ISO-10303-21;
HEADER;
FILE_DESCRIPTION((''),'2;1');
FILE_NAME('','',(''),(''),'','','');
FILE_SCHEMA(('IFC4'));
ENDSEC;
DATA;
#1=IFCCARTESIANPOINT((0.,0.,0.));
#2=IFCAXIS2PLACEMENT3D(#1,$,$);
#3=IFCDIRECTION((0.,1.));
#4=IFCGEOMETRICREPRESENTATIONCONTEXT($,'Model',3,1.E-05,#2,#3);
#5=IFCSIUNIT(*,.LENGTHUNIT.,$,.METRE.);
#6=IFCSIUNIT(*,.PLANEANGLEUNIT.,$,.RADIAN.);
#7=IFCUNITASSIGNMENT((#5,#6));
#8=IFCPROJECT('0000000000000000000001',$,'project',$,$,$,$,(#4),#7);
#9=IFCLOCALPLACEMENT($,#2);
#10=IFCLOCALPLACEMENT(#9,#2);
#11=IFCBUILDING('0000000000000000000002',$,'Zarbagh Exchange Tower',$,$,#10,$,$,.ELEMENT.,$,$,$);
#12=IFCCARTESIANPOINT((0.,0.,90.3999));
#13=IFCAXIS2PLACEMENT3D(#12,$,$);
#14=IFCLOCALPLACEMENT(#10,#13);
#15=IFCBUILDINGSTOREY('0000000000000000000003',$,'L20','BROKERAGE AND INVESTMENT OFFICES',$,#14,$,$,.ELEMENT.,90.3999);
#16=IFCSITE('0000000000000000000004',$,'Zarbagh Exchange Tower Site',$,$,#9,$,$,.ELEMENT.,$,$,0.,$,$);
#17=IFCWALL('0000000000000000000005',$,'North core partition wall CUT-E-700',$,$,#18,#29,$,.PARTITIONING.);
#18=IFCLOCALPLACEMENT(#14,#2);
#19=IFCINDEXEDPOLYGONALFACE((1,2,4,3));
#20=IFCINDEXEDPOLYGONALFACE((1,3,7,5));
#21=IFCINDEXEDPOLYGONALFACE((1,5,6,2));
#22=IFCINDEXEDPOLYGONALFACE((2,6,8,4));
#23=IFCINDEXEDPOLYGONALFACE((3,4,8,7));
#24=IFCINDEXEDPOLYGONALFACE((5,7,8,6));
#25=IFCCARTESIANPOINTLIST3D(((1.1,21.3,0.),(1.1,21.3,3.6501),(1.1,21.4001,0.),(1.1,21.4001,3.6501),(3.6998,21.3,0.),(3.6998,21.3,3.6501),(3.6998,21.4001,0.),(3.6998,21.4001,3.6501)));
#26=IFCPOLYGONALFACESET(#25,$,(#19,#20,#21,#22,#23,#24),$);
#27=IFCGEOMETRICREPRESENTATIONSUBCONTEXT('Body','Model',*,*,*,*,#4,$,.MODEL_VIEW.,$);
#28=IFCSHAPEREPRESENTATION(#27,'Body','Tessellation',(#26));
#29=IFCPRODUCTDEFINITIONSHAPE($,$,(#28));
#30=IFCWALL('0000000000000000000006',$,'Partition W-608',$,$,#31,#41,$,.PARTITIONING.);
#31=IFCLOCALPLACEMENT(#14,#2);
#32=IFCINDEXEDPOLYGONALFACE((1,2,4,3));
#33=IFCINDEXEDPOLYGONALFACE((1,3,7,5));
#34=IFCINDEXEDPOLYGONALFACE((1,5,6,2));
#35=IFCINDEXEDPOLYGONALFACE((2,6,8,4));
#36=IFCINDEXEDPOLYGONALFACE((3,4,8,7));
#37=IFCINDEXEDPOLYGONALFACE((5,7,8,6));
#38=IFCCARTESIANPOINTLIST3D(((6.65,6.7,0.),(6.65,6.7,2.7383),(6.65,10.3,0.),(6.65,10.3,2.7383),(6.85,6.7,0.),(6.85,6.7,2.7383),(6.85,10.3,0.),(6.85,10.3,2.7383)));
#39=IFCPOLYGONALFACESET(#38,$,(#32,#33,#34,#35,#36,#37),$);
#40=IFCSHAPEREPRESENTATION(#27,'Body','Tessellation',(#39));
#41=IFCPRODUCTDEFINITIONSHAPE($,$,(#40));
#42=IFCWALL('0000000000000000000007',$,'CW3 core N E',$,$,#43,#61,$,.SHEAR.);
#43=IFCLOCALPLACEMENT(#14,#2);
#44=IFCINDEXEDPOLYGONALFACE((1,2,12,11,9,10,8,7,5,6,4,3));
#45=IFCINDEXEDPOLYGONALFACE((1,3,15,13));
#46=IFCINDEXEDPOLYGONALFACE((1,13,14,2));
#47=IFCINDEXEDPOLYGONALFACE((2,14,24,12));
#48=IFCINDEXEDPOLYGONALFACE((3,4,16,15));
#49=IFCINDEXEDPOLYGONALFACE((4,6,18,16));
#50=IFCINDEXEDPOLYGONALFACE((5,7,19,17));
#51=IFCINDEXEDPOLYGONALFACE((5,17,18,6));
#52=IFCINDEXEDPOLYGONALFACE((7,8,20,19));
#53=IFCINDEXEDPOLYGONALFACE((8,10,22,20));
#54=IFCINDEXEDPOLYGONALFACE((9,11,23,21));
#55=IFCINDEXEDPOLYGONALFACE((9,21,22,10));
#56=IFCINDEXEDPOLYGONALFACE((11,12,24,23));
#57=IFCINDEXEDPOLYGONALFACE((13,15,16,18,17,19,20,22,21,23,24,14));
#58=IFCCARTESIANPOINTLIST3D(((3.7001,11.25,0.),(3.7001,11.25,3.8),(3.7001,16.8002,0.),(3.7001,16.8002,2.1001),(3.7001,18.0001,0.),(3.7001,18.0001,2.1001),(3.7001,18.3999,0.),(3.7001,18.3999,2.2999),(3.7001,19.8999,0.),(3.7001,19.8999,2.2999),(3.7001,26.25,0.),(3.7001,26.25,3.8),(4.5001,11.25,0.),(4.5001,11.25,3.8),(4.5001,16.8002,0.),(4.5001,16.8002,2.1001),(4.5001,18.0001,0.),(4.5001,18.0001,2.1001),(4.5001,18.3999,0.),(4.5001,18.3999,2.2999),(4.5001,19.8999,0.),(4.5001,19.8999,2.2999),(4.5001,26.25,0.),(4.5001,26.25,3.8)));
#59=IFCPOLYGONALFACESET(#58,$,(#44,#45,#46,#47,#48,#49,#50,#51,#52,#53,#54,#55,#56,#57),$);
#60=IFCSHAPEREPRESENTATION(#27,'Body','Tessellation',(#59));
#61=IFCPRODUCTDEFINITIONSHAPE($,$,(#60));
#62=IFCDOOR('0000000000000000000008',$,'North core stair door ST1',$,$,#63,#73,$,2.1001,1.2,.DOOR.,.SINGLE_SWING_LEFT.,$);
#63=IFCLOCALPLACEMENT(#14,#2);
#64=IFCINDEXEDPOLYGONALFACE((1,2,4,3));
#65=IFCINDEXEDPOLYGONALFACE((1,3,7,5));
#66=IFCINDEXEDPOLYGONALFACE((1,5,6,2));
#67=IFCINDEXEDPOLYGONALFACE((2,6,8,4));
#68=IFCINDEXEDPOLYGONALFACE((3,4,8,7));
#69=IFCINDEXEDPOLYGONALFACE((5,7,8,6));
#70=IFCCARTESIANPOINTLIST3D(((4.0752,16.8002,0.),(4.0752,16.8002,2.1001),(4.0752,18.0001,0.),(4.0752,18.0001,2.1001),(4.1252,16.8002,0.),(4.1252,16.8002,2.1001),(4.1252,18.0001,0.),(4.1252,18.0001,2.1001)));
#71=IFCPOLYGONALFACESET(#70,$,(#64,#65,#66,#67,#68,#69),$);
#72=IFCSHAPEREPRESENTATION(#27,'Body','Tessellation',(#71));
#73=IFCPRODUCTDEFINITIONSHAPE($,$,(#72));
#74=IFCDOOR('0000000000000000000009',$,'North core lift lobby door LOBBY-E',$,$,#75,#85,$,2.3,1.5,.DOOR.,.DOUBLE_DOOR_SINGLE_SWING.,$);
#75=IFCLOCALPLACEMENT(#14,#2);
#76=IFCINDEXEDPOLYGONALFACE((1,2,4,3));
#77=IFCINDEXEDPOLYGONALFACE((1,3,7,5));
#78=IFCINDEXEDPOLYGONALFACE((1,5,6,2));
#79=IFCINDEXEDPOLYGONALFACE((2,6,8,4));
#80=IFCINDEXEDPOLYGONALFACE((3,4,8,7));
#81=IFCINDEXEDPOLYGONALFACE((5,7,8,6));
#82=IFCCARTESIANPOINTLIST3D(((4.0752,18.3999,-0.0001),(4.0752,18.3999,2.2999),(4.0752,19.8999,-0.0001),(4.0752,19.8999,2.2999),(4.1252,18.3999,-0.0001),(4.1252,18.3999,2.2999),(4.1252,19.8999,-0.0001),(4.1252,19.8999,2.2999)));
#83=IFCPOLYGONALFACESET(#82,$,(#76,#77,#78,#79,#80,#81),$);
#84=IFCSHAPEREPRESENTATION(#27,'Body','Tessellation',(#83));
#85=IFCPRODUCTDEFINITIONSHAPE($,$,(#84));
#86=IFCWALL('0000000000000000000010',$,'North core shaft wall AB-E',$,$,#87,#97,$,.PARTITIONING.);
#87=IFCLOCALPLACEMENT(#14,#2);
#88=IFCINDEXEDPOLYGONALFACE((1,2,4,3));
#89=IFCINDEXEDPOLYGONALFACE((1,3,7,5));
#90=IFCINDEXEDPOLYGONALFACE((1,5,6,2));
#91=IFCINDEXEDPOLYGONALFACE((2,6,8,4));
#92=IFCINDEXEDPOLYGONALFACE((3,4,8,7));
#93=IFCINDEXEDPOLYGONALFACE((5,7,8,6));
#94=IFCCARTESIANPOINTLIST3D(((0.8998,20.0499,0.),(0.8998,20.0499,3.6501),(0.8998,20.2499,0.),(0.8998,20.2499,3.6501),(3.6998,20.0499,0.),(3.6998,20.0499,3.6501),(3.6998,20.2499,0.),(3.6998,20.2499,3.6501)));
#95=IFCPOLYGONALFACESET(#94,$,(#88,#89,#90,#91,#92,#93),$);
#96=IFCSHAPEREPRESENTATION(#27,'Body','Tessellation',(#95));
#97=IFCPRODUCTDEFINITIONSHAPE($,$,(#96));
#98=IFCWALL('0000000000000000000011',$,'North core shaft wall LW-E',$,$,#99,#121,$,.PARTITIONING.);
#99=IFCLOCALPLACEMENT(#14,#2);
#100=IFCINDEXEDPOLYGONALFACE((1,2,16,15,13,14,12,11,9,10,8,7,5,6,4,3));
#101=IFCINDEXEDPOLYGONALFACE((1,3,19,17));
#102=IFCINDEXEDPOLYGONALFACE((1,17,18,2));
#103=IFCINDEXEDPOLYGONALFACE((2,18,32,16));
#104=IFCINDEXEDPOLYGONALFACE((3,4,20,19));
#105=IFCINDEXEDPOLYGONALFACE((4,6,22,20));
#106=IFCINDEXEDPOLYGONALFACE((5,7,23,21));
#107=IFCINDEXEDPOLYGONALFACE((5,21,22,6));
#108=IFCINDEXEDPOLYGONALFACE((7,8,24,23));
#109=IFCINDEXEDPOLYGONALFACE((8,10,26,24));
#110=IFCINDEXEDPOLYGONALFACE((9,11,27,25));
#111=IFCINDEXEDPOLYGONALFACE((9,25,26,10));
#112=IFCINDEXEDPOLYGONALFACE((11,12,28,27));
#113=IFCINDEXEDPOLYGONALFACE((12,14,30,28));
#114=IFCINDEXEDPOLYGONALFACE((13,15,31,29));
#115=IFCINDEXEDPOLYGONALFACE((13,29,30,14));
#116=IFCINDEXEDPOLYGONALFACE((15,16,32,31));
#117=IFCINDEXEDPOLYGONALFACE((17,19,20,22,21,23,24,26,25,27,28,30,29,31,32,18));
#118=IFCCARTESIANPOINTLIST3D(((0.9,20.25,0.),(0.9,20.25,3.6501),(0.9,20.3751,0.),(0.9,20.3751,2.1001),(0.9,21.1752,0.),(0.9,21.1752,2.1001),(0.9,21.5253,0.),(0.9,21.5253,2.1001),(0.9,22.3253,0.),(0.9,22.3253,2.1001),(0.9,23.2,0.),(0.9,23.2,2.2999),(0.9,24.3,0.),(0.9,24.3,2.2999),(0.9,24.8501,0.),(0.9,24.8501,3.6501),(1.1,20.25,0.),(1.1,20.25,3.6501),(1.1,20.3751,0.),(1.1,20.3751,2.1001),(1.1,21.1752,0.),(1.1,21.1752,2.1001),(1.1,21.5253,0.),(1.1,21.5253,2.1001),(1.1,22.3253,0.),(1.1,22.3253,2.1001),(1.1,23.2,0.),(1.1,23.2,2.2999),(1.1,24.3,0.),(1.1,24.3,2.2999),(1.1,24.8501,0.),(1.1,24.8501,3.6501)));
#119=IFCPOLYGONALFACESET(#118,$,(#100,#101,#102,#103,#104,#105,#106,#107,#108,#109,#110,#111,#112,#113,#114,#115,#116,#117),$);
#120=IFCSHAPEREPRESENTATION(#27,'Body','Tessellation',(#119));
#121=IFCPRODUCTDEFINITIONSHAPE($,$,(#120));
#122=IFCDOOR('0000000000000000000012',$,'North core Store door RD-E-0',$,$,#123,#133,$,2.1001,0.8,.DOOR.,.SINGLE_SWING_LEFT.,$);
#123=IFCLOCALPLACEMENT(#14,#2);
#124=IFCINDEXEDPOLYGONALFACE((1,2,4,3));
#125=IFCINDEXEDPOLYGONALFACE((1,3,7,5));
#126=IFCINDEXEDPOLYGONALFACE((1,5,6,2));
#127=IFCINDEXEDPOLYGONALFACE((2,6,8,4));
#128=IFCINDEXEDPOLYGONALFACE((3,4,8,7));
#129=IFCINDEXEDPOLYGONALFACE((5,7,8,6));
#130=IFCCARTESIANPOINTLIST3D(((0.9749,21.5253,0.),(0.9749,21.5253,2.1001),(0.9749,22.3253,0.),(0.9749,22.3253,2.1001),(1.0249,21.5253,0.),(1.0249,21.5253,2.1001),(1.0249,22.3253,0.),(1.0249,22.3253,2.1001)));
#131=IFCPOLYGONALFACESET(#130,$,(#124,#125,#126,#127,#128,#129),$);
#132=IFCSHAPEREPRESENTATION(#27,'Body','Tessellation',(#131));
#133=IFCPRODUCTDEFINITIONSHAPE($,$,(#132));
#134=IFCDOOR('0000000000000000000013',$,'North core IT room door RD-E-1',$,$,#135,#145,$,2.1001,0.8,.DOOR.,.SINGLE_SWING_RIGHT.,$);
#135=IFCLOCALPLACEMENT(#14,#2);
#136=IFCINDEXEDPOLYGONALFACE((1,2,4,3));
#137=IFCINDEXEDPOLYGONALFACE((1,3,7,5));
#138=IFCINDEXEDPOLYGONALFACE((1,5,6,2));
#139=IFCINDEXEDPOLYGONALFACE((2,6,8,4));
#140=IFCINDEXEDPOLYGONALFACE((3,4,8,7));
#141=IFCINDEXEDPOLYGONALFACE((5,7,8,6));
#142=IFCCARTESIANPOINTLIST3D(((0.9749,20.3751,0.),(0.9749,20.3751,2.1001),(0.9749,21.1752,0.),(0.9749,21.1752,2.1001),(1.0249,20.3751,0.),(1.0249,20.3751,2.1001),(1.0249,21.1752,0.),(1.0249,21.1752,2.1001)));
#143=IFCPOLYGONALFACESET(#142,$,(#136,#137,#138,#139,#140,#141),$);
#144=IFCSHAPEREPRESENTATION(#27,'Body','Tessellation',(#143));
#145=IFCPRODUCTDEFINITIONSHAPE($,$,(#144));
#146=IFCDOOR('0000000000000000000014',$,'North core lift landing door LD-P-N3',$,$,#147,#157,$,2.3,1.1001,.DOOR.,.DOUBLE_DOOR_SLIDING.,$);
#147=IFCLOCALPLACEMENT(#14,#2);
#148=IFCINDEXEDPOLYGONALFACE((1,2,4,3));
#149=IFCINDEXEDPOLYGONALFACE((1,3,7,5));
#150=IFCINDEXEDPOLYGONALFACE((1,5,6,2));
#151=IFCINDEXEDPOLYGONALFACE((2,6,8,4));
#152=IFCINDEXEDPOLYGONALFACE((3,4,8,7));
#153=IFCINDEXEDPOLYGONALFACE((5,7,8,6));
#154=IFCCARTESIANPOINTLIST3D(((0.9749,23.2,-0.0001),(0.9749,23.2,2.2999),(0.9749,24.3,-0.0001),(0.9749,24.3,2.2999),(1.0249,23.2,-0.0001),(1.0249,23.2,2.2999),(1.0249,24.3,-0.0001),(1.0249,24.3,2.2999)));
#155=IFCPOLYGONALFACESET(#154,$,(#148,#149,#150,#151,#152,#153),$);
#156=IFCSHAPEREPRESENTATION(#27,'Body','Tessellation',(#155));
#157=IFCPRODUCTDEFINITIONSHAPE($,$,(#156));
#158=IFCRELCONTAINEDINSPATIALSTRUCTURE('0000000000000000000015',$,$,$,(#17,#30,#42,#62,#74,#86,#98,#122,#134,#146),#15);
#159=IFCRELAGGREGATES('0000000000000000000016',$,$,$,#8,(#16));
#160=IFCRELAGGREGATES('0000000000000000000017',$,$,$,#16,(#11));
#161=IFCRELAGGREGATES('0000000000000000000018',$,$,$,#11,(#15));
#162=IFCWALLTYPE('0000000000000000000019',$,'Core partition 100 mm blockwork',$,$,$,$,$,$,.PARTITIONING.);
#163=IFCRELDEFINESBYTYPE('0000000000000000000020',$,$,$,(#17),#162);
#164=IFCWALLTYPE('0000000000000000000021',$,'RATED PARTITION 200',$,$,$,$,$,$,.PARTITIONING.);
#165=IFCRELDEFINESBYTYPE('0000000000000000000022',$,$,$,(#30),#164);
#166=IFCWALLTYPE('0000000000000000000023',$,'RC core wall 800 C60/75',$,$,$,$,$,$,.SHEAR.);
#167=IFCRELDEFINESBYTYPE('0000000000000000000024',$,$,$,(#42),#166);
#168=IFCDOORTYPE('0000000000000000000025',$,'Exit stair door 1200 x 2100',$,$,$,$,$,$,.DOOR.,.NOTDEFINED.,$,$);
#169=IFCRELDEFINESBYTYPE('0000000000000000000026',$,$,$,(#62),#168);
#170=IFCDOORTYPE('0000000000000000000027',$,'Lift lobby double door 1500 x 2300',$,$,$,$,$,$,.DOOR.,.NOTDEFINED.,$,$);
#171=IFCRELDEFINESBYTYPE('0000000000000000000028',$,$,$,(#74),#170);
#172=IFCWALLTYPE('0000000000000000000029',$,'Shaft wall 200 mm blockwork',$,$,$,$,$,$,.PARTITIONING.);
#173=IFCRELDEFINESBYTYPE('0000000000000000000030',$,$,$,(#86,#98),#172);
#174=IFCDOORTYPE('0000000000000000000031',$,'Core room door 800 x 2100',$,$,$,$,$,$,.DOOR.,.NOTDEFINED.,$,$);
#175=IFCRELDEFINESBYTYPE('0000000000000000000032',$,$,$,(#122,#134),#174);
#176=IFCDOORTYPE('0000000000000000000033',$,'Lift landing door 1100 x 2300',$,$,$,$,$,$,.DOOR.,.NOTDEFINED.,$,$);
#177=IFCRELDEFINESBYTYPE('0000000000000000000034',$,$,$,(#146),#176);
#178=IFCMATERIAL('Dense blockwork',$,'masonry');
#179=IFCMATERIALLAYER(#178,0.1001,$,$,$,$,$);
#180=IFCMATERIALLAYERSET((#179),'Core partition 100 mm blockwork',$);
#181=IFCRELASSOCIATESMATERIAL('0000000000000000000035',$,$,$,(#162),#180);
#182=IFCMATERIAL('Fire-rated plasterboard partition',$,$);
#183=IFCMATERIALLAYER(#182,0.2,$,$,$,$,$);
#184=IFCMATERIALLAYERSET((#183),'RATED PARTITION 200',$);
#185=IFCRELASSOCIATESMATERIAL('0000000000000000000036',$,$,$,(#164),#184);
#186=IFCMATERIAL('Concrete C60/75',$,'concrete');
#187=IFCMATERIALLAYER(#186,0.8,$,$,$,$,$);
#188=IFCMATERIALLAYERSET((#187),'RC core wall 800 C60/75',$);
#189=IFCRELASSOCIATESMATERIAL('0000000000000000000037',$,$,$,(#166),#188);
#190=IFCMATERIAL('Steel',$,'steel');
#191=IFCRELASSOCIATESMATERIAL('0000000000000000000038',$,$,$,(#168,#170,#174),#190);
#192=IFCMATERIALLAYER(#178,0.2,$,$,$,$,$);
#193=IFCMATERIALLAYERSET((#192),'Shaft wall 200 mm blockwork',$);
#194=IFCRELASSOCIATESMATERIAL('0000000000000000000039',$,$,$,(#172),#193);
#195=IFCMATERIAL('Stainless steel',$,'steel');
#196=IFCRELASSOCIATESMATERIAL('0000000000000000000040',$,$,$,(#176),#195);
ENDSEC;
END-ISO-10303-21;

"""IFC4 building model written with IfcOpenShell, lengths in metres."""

from ifc_helpers import new_model, si_unit, direction, frame, frame_2d, origin, place, context, subcontext, project, spatial, rectangle, extrude, material, layer, layer_set, type_object, element, fill, save


model = new_model("IFC4")

# Units and contexts
model_context = context("Model", 3, precision=1e-05, world=origin(), true_north=direction((0.0, 1.0)))
body_context = subcontext(model_context, "Body", "Model", "MODEL_VIEW")
ifc_project = project(units=[si_unit("LENGTHUNIT", "METRE"), si_unit("PLANEANGLEUNIT", "RADIAN")], contexts=[model_context])

# Site, building, storey
site_placement = place(None, origin())
site = spatial("IfcSite", under=ifc_project, at=site_placement, Name="Zarbagh Exchange Tower Site", CompositionType="ELEMENT", RefElevation=0.0)
building_placement = place(site_placement, origin())
building = spatial("IfcBuilding", under=site, at=building_placement, Name="Zarbagh Exchange Tower", CompositionType="ELEMENT")
storey_placement = place(building_placement, frame((0.0, 0.0, 90.3999)))
storey = spatial("IfcBuildingStorey", under=building, at=storey_placement, Name="L20", Description="BROKERAGE AND INVESTMENT OFFICES", CompositionType="ELEMENT", Elevation=90.3999)

# Shared definitions
ifc_material_1 = material(Name="Concrete C60/75", Category="concrete")

# Walls
ifc_material_2 = material(Name="Dense blockwork", Category="masonry")
ifc_layer_1 = layer(ifc_material_2, 0.1001)
ifc_layer_set_1 = layer_set([ifc_layer_1], Name="Core partition 100 mm blockwork")
wall_type_1 = type_object("IfcWallType", Name="Core partition 100 mm blockwork", PredefinedType="PARTITIONING", material=ifc_layer_set_1)
wall_1_placement = place(storey_placement, frame((1.1001, 21.3501, 0.0), z_axis=(0.0, 0.0, 1.0), x_axis=(1.0, 0.0, 0.0)))
element("IfcWall", 1, at=wall_1_placement, inside=storey, type_object=wall_type_1, Name="North core partition wall CUT-E-700", PredefinedType="PARTITIONING", context=body_context, shape_type="SweptSolid", body=[
    extrude(rectangle(XDim=2.5999, YDim=0.1001, at=frame_2d((1.2998, 0.0))), origin(), (0.0, 0.0, 1.0), 3.6501),
])
ifc_material_3 = material(Name="Fire-rated plasterboard partition")
ifc_layer_2 = layer(ifc_material_3, 0.2)
ifc_layer_set_2 = layer_set([ifc_layer_2], Name="RATED PARTITION 200")
wall_type_2 = type_object("IfcWallType", Name="RATED PARTITION 200", PredefinedType="PARTITIONING", material=ifc_layer_set_2)
wall_2_placement = place(storey_placement, frame((6.75, 6.7, 0.0), z_axis=(0.0, 0.0, 1.0), x_axis=(0.0, 1.0, 0.0)))
element("IfcWall", 2, at=wall_2_placement, inside=storey, type_object=wall_type_2, Name="Partition W-608", PredefinedType="PARTITIONING", context=body_context, shape_type="SweptSolid", body=[
    extrude(rectangle(XDim=3.6001, YDim=0.2, at=frame_2d((1.8, 0.0))), origin(), (0.0, 0.0, 1.0), 2.7383),
])

# Wall, openings, doors
ifc_layer_3 = layer(ifc_material_1, 0.8)
ifc_layer_set_3 = layer_set([ifc_layer_3], Name="RC core wall 800 C60/75")
wall_type_3 = type_object("IfcWallType", Name="RC core wall 800 C60/75", PredefinedType="SHEAR", material=ifc_layer_set_3)
wall_3_placement = place(storey_placement, frame((4.1001, 11.25, 0.0), z_axis=(0.0, 0.0, 1.0), x_axis=(0.0, 1.0, 0.0)))
wall_3 = element("IfcWall", 3, at=wall_3_placement, inside=storey, type_object=wall_type_3, Name="CW3 core N E", PredefinedType="SHEAR", context=body_context, shape_type="SweptSolid", body=[
    extrude(rectangle(XDim=15.0, YDim=0.8, at=frame_2d((7.5, 0.0))), origin(), (0.0, 0.0, 1.0), 3.8),
])
opening_1_placement = place(wall_3_placement, frame((7.1499, 0.0, 0.0)))
opening_1 = element("IfcOpeningElement", 4, at=opening_1_placement, cuts=wall_3, PredefinedType="OPENING", context=body_context, shape_type="SweptSolid", body=[
    extrude(rectangle(XDim=1.5, YDim=2.3, at=frame_2d((0.75, 1.1499))), frame((0.0, 0.4099, 0.0), z_axis=(0.0, -1.0, 0.0), x_axis=(1.0, 0.0, 0.0)), (0.0, 0.0, 1.0), 0.8201),
])
opening_2_placement = place(wall_3_placement, frame((5.55, 0.0, 0.0)))
opening_2 = element("IfcOpeningElement", 5, at=opening_2_placement, cuts=wall_3, PredefinedType="OPENING", context=body_context, shape_type="SweptSolid", body=[
    extrude(rectangle(XDim=1.2, YDim=2.1001, at=frame_2d((0.6001, 1.05))), frame((0.0, 0.4099, 0.0), z_axis=(0.0, -1.0, 0.0), x_axis=(1.0, 0.0, 0.0)), (0.0, 0.0, 1.0), 0.8201),
])
ifc_material_4 = material(Name="Steel", Category="steel")
door_type_1 = type_object("IfcDoorType", Name="Exit stair door 1200 x 2100", OperationType="NOTDEFINED", PredefinedType="DOOR", material=ifc_material_4)
door_1_placement = place(opening_2_placement, origin())
door_1 = element("IfcDoor", 6, at=door_1_placement, inside=storey, type_object=door_type_1, Name="North core stair door ST1", OperationType="SINGLE_SWING_LEFT", OverallHeight=2.1001, OverallWidth=1.2, PredefinedType="DOOR", context=body_context, shape_type="SweptSolid", body=[
    extrude(rectangle(XDim=1.2, YDim=2.1001, at=frame_2d((0.6001, 1.05))), frame((0.0, 0.0249, 0.0), z_axis=(0.0, -1.0, 0.0), x_axis=(1.0, 0.0, 0.0)), (0.0, 0.0, 1.0), 0.05),
])
fill(opening_2, door_1)
door_type_2 = type_object("IfcDoorType", Name="Lift lobby double door 1500 x 2300", OperationType="NOTDEFINED", PredefinedType="DOOR", material=ifc_material_4)
door_2_placement = place(opening_1_placement, origin())
door_2 = element("IfcDoor", 7, at=door_2_placement, inside=storey, type_object=door_type_2, Name="North core lift lobby door LOBBY-E", OperationType="DOUBLE_DOOR_SINGLE_SWING", OverallHeight=2.3, OverallWidth=1.5, PredefinedType="DOOR", context=body_context, shape_type="SweptSolid", body=[
    extrude(rectangle(XDim=1.5, YDim=2.3, at=frame_2d((0.75, 1.1499))), frame((0.0, 0.0249, 0.0), z_axis=(0.0, -1.0, 0.0), x_axis=(1.0, 0.0, 0.0)), (0.0, 0.0, 1.0), 0.05),
])
fill(opening_1, door_2)

# Wall
ifc_layer_4 = layer(ifc_material_2, 0.2)
ifc_layer_set_4 = layer_set([ifc_layer_4], Name="Shaft wall 200 mm blockwork")
wall_type_4 = type_object("IfcWallType", Name="Shaft wall 200 mm blockwork", PredefinedType="PARTITIONING", material=ifc_layer_set_4)
wall_4_placement = place(storey_placement, frame((0.8999, 20.1499, 0.0), z_axis=(0.0, 0.0, 1.0), x_axis=(1.0, 0.0, 0.0)))
element("IfcWall", 8, at=wall_4_placement, inside=storey, type_object=wall_type_4, Name="North core shaft wall AB-E", PredefinedType="PARTITIONING", context=body_context, shape_type="SweptSolid", body=[
    extrude(rectangle(XDim=2.8, YDim=0.2, at=frame_2d((1.3999, 0.0))), origin(), (0.0, 0.0, 1.0), 3.6501),
])

# Wall, openings, doors
wall_5_placement = place(storey_placement, frame((1.0, 24.8501, 0.0), z_axis=(0.0, 0.0, 1.0), x_axis=(0.0, -1.0, 0.0)))
wall_5 = element("IfcWall", 9, at=wall_5_placement, inside=storey, type_object=wall_type_4, Name="North core shaft wall LW-E", PredefinedType="PARTITIONING", context=body_context, shape_type="SweptSolid", body=[
    extrude(rectangle(XDim=4.6001, YDim=0.2, at=frame_2d((2.3, 0.0))), origin(), (0.0, 0.0, 1.0), 3.6501),
])
opening_3_placement = place(wall_5_placement, frame((0.55, 0.0, 0.0)))
opening_3 = element("IfcOpeningElement", 10, at=opening_3_placement, cuts=wall_5, PredefinedType="OPENING", context=body_context, shape_type="SweptSolid", body=[
    extrude(rectangle(XDim=1.1001, YDim=2.3, at=frame_2d((0.55, 1.1499))), frame((0.0, 0.1099, 0.0), z_axis=(0.0, -1.0, 0.0), x_axis=(1.0, 0.0, 0.0)), (0.0, 0.0, 1.0), 0.22),
])
opening_4_placement = place(wall_5_placement, frame((2.5249, 0.0, 0.0)))
opening_4 = element("IfcOpeningElement", 11, at=opening_4_placement, cuts=wall_5, PredefinedType="OPENING", context=body_context, shape_type="SweptSolid", body=[
    extrude(rectangle(XDim=0.8, YDim=2.1001, at=frame_2d((0.3999, 1.05))), frame((0.0, 0.1099, 0.0), z_axis=(0.0, -1.0, 0.0), x_axis=(1.0, 0.0, 0.0)), (0.0, 0.0, 1.0), 0.22),
])
opening_5_placement = place(wall_5_placement, frame((3.675, 0.0, 0.0)))
opening_5 = element("IfcOpeningElement", 12, at=opening_5_placement, cuts=wall_5, PredefinedType="OPENING", context=body_context, shape_type="SweptSolid", body=[
    extrude(rectangle(XDim=0.8, YDim=2.1001, at=frame_2d((0.3999, 1.05))), frame((0.0, 0.1099, 0.0), z_axis=(0.0, -1.0, 0.0), x_axis=(1.0, 0.0, 0.0)), (0.0, 0.0, 1.0), 0.22),
])
door_type_3 = type_object("IfcDoorType", Name="Core room door 800 x 2100", OperationType="NOTDEFINED", PredefinedType="DOOR", material=ifc_material_4)
door_3_placement = place(opening_4_placement, origin())
door_3 = element("IfcDoor", 13, at=door_3_placement, inside=storey, type_object=door_type_3, Name="North core Store door RD-E-0", OperationType="SINGLE_SWING_LEFT", OverallHeight=2.1001, OverallWidth=0.8, PredefinedType="DOOR", context=body_context, shape_type="SweptSolid", body=[
    extrude(rectangle(XDim=0.8, YDim=2.1001, at=frame_2d((0.3999, 1.05))), frame((0.0, 0.0249, 0.0), z_axis=(0.0, -1.0, 0.0), x_axis=(1.0, 0.0, 0.0)), (0.0, 0.0, 1.0), 0.05),
])
fill(opening_4, door_3)
door_4_placement = place(opening_5_placement, origin())
door_4 = element("IfcDoor", 14, at=door_4_placement, inside=storey, type_object=door_type_3, Name="North core IT room door RD-E-1", OperationType="SINGLE_SWING_RIGHT", OverallHeight=2.1001, OverallWidth=0.8, PredefinedType="DOOR", context=body_context, shape_type="SweptSolid", body=[
    extrude(rectangle(XDim=0.8, YDim=2.1001, at=frame_2d((0.3999, 1.05))), frame((0.0, 0.0249, 0.0), z_axis=(0.0, -1.0, 0.0), x_axis=(1.0, 0.0, 0.0)), (0.0, 0.0, 1.0), 0.05),
])
fill(opening_5, door_4)
ifc_material_5 = material(Name="Stainless steel", Category="steel")
door_type_4 = type_object("IfcDoorType", Name="Lift landing door 1100 x 2300", OperationType="NOTDEFINED", PredefinedType="DOOR", material=ifc_material_5)
door_5_placement = place(opening_3_placement, origin())
door_5 = element("IfcDoor", 15, at=door_5_placement, inside=storey, type_object=door_type_4, Name="North core lift landing door LD-P-N3", OperationType="DOUBLE_DOOR_SLIDING", OverallHeight=2.3, OverallWidth=1.1001, PredefinedType="DOOR", context=body_context, shape_type="SweptSolid", body=[
    extrude(rectangle(XDim=1.1001, YDim=2.3, at=frame_2d((0.55, 1.1499))), frame((0.0, 0.0249, 0.0), z_axis=(0.0, -1.0, 0.0), x_axis=(1.0, 0.0, 0.0)), (0.0, 0.0, 1.0), 0.05),
])
fill(opening_3, door_5)

save(model, "model.ifc")
